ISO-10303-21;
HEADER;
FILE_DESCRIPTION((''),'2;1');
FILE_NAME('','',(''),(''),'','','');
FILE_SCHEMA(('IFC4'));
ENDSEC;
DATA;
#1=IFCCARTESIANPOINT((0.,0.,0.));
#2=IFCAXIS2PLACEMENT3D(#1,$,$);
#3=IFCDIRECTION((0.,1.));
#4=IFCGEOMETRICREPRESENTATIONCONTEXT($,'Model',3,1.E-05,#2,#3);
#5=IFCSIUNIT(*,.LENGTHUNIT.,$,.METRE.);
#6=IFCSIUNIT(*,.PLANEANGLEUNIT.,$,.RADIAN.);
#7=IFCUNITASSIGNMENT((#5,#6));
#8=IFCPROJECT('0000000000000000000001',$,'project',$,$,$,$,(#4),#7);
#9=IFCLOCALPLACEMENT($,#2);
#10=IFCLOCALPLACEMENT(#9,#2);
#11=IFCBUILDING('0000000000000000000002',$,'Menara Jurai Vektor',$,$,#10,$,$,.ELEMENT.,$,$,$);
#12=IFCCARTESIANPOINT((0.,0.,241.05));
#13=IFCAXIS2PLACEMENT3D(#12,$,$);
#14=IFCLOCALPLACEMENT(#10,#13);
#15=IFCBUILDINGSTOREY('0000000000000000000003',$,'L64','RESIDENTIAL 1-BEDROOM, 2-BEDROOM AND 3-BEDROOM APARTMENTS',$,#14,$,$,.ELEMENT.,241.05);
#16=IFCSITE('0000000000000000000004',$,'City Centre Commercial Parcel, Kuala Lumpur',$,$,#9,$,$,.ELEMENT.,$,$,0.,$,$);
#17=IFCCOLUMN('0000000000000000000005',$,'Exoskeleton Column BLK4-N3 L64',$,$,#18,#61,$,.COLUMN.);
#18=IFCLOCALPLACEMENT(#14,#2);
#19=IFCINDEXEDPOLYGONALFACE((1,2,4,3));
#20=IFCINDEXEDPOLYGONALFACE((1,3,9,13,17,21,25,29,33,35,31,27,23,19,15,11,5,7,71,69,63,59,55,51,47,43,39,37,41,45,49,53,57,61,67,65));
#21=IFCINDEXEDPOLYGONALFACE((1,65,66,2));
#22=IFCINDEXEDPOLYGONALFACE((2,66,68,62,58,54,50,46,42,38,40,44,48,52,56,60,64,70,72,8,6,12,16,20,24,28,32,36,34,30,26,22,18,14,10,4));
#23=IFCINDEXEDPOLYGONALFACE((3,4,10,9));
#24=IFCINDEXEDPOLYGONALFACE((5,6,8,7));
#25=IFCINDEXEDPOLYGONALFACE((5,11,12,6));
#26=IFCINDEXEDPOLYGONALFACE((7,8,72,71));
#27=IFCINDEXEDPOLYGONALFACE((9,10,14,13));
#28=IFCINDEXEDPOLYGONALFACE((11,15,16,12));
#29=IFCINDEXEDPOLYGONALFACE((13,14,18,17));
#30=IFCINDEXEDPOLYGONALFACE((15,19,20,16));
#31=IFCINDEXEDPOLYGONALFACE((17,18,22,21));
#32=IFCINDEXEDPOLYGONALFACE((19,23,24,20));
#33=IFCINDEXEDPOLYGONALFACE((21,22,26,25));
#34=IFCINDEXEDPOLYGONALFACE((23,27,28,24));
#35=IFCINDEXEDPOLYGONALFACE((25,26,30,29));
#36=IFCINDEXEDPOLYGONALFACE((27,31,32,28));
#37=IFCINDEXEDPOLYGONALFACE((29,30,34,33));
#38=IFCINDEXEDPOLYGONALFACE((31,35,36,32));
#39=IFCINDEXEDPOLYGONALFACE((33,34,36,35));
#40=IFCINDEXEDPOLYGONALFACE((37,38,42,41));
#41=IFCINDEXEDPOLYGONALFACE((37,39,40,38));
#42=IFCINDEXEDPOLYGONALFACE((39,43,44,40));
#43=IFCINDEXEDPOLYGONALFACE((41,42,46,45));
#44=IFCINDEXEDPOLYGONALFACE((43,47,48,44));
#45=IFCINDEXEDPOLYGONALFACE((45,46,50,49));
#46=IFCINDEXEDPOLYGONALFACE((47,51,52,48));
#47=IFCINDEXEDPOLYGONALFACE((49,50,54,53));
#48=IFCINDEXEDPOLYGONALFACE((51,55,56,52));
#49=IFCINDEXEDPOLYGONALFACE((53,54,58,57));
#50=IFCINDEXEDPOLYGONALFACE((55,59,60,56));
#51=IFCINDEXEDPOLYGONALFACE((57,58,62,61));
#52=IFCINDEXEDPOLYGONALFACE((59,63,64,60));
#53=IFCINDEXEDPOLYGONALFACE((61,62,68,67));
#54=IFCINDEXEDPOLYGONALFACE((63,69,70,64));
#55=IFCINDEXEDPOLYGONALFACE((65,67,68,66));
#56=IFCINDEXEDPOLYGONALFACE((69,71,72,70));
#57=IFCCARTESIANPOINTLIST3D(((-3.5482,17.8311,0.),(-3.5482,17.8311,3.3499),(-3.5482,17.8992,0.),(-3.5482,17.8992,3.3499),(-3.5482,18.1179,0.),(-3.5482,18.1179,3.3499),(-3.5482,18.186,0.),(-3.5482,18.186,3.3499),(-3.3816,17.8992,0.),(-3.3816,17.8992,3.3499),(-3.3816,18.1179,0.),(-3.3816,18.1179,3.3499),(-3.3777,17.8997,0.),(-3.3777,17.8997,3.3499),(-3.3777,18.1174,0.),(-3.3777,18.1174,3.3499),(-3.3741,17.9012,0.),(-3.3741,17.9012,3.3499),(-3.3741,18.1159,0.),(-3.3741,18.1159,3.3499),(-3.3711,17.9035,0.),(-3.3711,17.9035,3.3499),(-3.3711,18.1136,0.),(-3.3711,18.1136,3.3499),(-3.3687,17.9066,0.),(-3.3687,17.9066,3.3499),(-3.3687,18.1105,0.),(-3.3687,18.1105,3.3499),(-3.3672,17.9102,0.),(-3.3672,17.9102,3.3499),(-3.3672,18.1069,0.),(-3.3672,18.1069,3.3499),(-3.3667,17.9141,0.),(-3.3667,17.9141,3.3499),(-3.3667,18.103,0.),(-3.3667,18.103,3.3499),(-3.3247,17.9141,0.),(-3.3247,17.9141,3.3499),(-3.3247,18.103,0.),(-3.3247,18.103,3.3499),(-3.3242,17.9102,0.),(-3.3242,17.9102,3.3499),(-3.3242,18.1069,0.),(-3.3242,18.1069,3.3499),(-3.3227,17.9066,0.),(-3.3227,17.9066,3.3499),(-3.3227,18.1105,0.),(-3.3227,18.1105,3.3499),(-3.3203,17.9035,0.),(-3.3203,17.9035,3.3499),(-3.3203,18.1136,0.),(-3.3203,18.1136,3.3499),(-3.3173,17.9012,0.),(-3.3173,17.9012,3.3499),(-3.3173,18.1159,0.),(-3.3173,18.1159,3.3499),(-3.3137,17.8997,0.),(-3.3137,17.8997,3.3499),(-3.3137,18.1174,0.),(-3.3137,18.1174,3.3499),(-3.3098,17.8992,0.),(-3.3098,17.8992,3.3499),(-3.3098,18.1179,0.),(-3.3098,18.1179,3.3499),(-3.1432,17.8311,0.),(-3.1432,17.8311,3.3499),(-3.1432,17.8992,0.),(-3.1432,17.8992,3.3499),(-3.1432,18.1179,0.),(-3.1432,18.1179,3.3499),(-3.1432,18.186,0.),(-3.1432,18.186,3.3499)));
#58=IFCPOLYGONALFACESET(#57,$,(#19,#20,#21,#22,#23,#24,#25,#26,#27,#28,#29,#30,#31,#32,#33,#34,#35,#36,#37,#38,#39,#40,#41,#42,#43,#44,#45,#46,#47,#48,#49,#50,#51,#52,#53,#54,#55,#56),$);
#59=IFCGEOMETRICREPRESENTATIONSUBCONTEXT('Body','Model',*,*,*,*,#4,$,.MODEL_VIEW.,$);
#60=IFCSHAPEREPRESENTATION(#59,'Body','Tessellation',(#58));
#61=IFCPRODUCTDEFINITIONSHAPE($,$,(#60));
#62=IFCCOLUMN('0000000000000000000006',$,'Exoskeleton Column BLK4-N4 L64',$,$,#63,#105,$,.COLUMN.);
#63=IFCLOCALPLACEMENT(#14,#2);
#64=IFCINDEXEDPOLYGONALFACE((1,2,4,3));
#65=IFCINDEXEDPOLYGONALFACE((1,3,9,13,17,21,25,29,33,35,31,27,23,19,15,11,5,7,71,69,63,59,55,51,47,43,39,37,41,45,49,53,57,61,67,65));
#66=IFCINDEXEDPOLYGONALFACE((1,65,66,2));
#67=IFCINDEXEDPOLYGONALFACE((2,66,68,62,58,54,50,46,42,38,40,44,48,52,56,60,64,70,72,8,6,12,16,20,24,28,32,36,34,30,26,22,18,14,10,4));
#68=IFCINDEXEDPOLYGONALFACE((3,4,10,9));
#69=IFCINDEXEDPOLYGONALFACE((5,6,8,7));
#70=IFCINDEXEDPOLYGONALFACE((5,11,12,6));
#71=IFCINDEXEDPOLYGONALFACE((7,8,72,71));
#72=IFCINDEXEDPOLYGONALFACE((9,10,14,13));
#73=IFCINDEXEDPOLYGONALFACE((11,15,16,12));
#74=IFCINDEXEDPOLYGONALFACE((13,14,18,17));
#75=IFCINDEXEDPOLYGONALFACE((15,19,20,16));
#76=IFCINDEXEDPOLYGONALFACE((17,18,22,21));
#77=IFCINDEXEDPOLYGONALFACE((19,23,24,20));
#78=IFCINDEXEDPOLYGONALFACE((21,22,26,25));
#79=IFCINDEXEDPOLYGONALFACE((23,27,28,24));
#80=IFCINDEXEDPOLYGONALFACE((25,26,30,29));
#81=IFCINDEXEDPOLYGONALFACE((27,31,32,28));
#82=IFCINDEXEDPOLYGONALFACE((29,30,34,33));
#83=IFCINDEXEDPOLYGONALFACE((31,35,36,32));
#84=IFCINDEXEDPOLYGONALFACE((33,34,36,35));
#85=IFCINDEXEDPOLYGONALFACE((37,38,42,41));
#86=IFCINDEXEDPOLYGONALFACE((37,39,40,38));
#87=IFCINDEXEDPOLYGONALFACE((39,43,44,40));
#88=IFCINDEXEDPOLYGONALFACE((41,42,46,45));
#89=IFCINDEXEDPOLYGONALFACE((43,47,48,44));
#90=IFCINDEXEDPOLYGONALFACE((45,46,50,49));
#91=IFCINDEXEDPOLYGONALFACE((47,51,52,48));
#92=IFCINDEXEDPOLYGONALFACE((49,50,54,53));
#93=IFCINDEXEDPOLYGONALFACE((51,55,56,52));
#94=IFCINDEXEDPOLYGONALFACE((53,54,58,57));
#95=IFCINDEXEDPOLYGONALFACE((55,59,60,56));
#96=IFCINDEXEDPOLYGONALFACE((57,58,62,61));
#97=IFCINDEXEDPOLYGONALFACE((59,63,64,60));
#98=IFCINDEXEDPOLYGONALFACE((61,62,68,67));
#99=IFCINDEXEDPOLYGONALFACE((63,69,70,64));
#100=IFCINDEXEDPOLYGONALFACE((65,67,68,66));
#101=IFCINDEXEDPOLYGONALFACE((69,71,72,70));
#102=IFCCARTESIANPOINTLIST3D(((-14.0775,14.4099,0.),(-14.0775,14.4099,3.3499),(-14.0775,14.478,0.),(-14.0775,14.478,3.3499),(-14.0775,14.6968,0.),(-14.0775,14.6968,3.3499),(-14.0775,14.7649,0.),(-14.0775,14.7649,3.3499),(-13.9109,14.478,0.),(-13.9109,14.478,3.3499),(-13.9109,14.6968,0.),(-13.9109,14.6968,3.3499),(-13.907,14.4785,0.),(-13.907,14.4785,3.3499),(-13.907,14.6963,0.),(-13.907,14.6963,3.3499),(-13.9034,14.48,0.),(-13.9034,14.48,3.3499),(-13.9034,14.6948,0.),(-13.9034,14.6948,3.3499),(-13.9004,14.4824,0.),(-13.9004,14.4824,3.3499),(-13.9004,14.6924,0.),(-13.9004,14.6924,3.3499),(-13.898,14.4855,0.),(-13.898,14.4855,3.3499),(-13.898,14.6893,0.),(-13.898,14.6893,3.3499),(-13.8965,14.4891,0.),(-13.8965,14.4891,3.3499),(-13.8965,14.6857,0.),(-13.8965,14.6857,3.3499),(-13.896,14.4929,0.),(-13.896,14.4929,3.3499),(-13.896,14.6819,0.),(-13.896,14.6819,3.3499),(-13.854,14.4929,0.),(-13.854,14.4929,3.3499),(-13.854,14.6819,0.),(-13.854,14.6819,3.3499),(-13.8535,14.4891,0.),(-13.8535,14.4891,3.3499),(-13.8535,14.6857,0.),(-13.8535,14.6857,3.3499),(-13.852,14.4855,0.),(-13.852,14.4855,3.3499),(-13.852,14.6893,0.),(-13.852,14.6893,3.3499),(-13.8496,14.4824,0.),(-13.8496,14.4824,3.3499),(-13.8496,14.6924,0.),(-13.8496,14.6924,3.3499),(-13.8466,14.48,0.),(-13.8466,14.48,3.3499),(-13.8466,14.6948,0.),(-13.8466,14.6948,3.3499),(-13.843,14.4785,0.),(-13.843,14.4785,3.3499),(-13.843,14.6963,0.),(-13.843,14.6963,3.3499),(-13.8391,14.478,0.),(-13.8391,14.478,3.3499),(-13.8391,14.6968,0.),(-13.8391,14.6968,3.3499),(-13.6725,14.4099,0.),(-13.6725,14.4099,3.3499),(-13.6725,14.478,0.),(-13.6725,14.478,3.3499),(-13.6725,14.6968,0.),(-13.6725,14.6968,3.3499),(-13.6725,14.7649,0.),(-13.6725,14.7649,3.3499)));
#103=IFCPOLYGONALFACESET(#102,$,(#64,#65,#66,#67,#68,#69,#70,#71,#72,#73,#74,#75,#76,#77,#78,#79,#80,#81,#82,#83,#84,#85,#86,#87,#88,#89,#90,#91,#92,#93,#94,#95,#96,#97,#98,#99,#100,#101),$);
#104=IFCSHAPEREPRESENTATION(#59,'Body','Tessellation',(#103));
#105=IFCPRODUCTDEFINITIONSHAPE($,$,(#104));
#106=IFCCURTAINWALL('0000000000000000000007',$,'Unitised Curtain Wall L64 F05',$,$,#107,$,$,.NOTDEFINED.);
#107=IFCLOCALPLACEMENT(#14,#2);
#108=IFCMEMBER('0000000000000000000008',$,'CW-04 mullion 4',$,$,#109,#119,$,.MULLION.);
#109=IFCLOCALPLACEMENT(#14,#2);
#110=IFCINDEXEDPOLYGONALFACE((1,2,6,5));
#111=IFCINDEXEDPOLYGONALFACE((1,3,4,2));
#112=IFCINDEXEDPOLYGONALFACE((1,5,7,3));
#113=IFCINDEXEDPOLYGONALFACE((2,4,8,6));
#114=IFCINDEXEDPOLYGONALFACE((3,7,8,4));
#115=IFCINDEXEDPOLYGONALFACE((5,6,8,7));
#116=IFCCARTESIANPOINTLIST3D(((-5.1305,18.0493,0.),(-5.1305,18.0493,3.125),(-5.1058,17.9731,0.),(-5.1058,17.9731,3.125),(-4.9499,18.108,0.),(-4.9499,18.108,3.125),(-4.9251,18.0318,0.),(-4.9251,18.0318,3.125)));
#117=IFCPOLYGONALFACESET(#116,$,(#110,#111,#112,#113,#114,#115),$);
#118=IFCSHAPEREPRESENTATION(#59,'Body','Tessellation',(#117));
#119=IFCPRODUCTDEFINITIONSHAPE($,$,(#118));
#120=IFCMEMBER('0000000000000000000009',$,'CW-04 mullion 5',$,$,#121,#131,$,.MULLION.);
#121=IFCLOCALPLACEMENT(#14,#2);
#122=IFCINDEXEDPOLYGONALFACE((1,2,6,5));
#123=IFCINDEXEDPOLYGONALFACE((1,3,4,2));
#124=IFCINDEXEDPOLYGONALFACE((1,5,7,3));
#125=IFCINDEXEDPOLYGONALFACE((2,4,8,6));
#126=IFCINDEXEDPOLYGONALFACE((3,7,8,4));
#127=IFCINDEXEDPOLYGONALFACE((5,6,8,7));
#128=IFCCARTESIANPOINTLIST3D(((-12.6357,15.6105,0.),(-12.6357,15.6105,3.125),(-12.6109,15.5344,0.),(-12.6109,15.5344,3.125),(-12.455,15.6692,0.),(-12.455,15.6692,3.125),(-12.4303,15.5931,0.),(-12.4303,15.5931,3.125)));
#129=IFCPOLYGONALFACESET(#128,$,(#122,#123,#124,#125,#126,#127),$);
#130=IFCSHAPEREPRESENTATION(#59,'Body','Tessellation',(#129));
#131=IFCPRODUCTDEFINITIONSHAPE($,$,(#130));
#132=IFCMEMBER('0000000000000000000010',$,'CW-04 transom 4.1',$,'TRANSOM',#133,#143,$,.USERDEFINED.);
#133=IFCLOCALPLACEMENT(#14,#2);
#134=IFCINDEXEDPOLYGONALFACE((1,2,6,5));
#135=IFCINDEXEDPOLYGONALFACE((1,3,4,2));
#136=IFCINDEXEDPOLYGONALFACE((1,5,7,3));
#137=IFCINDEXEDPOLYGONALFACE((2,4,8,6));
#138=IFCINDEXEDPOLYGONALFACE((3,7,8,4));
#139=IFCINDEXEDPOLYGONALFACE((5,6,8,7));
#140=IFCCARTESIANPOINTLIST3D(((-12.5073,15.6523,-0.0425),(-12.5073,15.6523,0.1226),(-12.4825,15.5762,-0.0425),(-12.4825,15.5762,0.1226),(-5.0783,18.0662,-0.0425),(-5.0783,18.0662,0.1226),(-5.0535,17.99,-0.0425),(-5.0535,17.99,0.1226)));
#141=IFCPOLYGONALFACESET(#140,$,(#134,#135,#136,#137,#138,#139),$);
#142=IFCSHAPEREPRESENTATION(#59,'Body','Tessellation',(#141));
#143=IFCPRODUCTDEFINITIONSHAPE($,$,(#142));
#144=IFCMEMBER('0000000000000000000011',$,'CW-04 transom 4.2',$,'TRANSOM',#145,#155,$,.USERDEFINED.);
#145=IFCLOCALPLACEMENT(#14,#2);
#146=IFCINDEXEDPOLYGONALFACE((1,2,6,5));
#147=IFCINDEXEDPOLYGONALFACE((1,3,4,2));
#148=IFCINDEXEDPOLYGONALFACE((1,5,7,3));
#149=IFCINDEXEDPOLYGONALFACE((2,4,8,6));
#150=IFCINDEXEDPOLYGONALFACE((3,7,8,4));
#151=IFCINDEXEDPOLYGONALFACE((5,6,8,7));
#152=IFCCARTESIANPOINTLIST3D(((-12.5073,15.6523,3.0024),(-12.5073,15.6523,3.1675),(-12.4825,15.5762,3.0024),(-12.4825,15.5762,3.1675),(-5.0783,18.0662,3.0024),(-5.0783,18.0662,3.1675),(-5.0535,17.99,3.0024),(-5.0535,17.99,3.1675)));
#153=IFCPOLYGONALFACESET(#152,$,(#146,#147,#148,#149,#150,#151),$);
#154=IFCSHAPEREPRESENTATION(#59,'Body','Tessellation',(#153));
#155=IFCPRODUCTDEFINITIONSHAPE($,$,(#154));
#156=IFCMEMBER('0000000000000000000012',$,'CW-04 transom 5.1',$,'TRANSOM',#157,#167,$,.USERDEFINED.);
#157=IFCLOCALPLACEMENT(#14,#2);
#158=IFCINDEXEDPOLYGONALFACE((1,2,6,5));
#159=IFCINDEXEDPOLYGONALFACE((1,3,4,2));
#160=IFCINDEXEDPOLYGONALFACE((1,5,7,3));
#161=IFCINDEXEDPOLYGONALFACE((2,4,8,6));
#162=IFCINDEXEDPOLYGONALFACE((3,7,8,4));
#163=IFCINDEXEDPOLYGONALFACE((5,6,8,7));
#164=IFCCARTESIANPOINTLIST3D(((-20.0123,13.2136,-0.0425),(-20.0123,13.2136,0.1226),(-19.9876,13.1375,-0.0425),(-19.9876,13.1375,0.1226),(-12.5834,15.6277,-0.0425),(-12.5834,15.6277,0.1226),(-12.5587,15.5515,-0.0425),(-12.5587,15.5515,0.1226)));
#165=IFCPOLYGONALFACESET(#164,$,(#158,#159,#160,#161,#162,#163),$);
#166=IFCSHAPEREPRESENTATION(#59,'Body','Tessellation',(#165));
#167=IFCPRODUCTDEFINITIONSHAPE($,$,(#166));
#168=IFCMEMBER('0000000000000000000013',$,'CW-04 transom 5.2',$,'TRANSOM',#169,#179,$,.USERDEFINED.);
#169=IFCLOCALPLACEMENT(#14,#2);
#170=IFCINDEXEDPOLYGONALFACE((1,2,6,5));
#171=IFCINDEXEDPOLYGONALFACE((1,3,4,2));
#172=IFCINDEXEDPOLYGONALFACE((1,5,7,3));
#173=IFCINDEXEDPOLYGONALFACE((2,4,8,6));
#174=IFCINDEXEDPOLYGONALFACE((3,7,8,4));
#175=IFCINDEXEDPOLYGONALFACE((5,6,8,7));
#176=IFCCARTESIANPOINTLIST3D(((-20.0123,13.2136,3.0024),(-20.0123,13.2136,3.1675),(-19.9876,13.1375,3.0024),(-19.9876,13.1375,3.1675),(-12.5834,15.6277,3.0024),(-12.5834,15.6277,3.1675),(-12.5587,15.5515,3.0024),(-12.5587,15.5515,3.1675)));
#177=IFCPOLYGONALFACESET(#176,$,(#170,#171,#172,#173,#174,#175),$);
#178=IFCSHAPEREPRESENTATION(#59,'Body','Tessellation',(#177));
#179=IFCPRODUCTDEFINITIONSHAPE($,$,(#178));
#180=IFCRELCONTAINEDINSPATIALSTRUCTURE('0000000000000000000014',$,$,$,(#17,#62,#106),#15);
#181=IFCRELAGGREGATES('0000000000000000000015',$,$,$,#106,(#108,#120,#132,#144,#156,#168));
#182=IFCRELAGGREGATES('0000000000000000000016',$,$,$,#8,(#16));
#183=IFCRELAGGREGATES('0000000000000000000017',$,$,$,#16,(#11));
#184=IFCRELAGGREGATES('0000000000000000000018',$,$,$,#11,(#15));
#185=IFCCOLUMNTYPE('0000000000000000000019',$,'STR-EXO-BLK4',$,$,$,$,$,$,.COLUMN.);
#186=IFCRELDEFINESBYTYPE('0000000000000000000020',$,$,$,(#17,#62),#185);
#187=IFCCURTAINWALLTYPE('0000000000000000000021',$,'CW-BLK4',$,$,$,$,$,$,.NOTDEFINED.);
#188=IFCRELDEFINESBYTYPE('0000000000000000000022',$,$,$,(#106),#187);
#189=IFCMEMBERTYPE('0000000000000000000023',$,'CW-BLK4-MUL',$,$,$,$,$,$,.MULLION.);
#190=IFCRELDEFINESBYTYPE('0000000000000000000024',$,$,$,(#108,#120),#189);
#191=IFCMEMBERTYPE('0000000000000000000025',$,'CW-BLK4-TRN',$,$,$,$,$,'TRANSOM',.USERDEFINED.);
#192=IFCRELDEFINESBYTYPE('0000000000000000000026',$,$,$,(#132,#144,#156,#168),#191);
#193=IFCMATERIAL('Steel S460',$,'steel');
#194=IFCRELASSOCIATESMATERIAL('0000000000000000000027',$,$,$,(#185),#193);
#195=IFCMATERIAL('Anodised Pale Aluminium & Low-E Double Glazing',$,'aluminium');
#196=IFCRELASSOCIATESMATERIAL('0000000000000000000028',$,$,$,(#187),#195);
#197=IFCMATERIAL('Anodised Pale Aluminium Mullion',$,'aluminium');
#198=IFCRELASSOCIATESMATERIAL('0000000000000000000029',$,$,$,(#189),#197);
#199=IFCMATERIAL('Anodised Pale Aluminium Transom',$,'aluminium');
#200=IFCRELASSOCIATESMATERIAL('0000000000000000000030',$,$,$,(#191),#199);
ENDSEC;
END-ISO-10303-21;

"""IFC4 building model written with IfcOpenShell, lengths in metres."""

from ifc_helpers import new_model, si_unit, direction, frame, origin, origin_2d, place, context, subcontext, project, spatial, rectangle, i_section, extrude, material, material_profile, profile_set, type_object, element, aggregate, save


model = new_model("IFC4")

# Units and contexts
model_context = context("Model", 3, precision=1e-05, world=origin(), true_north=direction((0.0, 1.0)))
body_context = subcontext(model_context, "Body", "Model", "MODEL_VIEW")
ifc_project = project(units=[si_unit("LENGTHUNIT", "METRE"), si_unit("PLANEANGLEUNIT", "RADIAN")], contexts=[model_context])

# Site, building, storey
site_placement = place(None, origin())
site = spatial("IfcSite", under=ifc_project, at=site_placement, Name="City Centre Commercial Parcel, Kuala Lumpur", CompositionType="ELEMENT", RefElevation=0.0)
building_placement = place(site_placement, origin())
building = spatial("IfcBuilding", under=site, at=building_placement, Name="Menara Jurai Vektor", CompositionType="ELEMENT")
storey_placement = place(building_placement, frame((0.0, 0.0, 241.05)))
storey = spatial("IfcBuildingStorey", under=building, at=storey_placement, Name="L64", Description="RESIDENTIAL 1-BEDROOM, 2-BEDROOM AND 3-BEDROOM APARTMENTS", CompositionType="ELEMENT", Elevation=241.05)

# Columns
ifc_material_1 = material(Name="Steel S460", Category="steel")
ifc_material_profile_1 = material_profile(ifc_material_1, i_section(OverallWidth=0.405, OverallDepth=0.355, WebThickness=0.042, FlangeThickness=0.0681, FilletRadius=0.0149, at=origin_2d()), Name="HD 400x551")
ifc_profile_set_1 = profile_set([ifc_material_profile_1], Name="Steel S460")
column_type = type_object("IfcColumnType", Name="STR-EXO-BLK4", PredefinedType="COLUMN", material=ifc_profile_set_1)
for number, where, z_axis, x_axis, name in (
    (1, (-3.3457, 18.0085, 0.0), (0.0, 0.0, 1.0), (1.0, 0.0, 0.0), "Exoskeleton Column BLK4-N3 L64"),
    (2, (-13.875, 14.5874, 0.0), (0.0, 0.0, 1.0), (1.0, 0.0, 0.0), "Exoskeleton Column BLK4-N4 L64"),
):
    element("IfcColumn", number, at=place(storey_placement, frame(where, z_axis=z_axis, x_axis=x_axis)), inside=storey, type_object=column_type, Name=name, PredefinedType="COLUMN", context=body_context, shape_type="SweptSolid", body=[
        extrude(i_section(OverallWidth=0.405, OverallDepth=0.355, WebThickness=0.042, FlangeThickness=0.0681, FilletRadius=0.0149, at=origin_2d()), origin(), (0.0, 0.0, 1.0), 3.3499),
    ])

# Curtain wall, members
ifc_material_2 = material(Name="Anodised Pale Aluminium & Low-E Double Glazing", Category="aluminium")
curtain_wall_type = type_object("IfcCurtainWallType", Name="CW-BLK4", PredefinedType="NOTDEFINED", material=ifc_material_2)
curtain_wall_placement = place(storey_placement, origin())
curtain_wall = element("IfcCurtainWall", 3, at=curtain_wall_placement, inside=storey, type_object=curtain_wall_type, Name="Unitised Curtain Wall L64 F05", PredefinedType="NOTDEFINED")
ifc_material_3 = material(Name="Anodised Pale Aluminium Mullion", Category="aluminium")
ifc_material_profile_2 = material_profile(ifc_material_3, rectangle(XDim=0.0801, YDim=0.1899, at=origin_2d()), Name="ALU MUL 80x190")
ifc_profile_set_2 = profile_set([ifc_material_profile_2], Name="Anodised Pale Aluminium Mullion")
member_type_1 = type_object("IfcMemberType", Name="CW-BLK4-MUL", PredefinedType="MULLION", material=ifc_profile_set_2)
member_1_placement = place(storey_placement, frame((-5.0278, 18.0405, 0.0), z_axis=(0.0, 0.0, 1.0), x_axis=(0.309017, -0.951056, 0.0)))
member_1 = element("IfcMember", 4, at=member_1_placement, type_object=member_type_1, Name="CW-04 mullion 4", PredefinedType="MULLION", context=body_context, shape_type="SweptSolid", body=[
    extrude(rectangle(XDim=0.0801, YDim=0.1899, at=origin_2d()), origin(), (0.0, 0.0, 1.0), 3.125),
])
member_2_placement = place(storey_placement, frame((-12.533, 15.6018, 0.0), z_axis=(0.0, 0.0, 1.0), x_axis=(0.309017, -0.951056, 0.0)))
member_2 = element("IfcMember", 5, at=member_2_placement, type_object=member_type_1, Name="CW-04 mullion 5", PredefinedType="MULLION", context=body_context, shape_type="SweptSolid", body=[
    extrude(rectangle(XDim=0.0801, YDim=0.1899, at=origin_2d()), origin(), (0.0, 0.0, 1.0), 3.125),
])
ifc_material_4 = material(Name="Anodised Pale Aluminium Transom", Category="aluminium")
ifc_material_profile_3 = material_profile(ifc_material_4, rectangle(XDim=0.0801, YDim=0.165, at=origin_2d()), Name="ALU TRN 80x165")
ifc_profile_set_3 = profile_set([ifc_material_profile_3], Name="Anodised Pale Aluminium Transom")
member_type_2 = type_object("IfcMemberType", Name="CW-BLK4-TRN", ElementType="TRANSOM", PredefinedType="USERDEFINED", material=ifc_profile_set_3)
member_3_placement = place(storey_placement, frame((-5.0659, 18.0281, 0.04), z_axis=(-0.951056, -0.309018, 0.0), x_axis=(0.309018, -0.951056, 0.0)))
member_3 = element("IfcMember", 6, at=member_3_placement, type_object=member_type_2, Name="CW-04 transom 4.1", ObjectType="TRANSOM", PredefinedType="USERDEFINED", context=body_context, shape_type="SweptSolid", body=[
    extrude(rectangle(XDim=0.0801, YDim=0.165, at=origin_2d()), origin(), (0.0, 0.0, 1.0), 7.8113),
])
member_4_placement = place(storey_placement, frame((-5.0659, 18.0281, 3.085), z_axis=(-0.951056, -0.309018, 0.0), x_axis=(0.309018, -0.951056, 0.0)))
member_4 = element("IfcMember", 7, at=member_4_placement, type_object=member_type_2, Name="CW-04 transom 4.2", ObjectType="TRANSOM", PredefinedType="USERDEFINED", context=body_context, shape_type="SweptSolid", body=[
    extrude(rectangle(XDim=0.0801, YDim=0.165, at=origin_2d()), origin(), (0.0, 0.0, 1.0), 7.8113),
])
member_5_placement = place(storey_placement, frame((-12.571, 15.5896, 0.04), z_axis=(-0.951047, -0.309046, 0.0), x_axis=(0.309046, -0.951047, 0.0)))
member_5 = element("IfcMember", 8, at=member_5_placement, type_object=member_type_2, Name="CW-04 transom 5.1", ObjectType="TRANSOM", PredefinedType="USERDEFINED", context=body_context, shape_type="SweptSolid", body=[
    extrude(rectangle(XDim=0.0801, YDim=0.165, at=origin_2d()), origin(), (0.0, 0.0, 1.0), 7.8113),
])
member_6_placement = place(storey_placement, frame((-12.571, 15.5896, 3.085), z_axis=(-0.951047, -0.309046, 0.0), x_axis=(0.309046, -0.951047, 0.0)))
member_6 = element("IfcMember", 9, at=member_6_placement, type_object=member_type_2, Name="CW-04 transom 5.2", ObjectType="TRANSOM", PredefinedType="USERDEFINED", context=body_context, shape_type="SweptSolid", body=[
    extrude(rectangle(XDim=0.0801, YDim=0.165, at=origin_2d()), origin(), (0.0, 0.0, 1.0), 7.8113),
])

aggregate(curtain_wall, [member_1, member_2, member_3, member_4, member_5, member_6])

save(model, "model.ifc")
